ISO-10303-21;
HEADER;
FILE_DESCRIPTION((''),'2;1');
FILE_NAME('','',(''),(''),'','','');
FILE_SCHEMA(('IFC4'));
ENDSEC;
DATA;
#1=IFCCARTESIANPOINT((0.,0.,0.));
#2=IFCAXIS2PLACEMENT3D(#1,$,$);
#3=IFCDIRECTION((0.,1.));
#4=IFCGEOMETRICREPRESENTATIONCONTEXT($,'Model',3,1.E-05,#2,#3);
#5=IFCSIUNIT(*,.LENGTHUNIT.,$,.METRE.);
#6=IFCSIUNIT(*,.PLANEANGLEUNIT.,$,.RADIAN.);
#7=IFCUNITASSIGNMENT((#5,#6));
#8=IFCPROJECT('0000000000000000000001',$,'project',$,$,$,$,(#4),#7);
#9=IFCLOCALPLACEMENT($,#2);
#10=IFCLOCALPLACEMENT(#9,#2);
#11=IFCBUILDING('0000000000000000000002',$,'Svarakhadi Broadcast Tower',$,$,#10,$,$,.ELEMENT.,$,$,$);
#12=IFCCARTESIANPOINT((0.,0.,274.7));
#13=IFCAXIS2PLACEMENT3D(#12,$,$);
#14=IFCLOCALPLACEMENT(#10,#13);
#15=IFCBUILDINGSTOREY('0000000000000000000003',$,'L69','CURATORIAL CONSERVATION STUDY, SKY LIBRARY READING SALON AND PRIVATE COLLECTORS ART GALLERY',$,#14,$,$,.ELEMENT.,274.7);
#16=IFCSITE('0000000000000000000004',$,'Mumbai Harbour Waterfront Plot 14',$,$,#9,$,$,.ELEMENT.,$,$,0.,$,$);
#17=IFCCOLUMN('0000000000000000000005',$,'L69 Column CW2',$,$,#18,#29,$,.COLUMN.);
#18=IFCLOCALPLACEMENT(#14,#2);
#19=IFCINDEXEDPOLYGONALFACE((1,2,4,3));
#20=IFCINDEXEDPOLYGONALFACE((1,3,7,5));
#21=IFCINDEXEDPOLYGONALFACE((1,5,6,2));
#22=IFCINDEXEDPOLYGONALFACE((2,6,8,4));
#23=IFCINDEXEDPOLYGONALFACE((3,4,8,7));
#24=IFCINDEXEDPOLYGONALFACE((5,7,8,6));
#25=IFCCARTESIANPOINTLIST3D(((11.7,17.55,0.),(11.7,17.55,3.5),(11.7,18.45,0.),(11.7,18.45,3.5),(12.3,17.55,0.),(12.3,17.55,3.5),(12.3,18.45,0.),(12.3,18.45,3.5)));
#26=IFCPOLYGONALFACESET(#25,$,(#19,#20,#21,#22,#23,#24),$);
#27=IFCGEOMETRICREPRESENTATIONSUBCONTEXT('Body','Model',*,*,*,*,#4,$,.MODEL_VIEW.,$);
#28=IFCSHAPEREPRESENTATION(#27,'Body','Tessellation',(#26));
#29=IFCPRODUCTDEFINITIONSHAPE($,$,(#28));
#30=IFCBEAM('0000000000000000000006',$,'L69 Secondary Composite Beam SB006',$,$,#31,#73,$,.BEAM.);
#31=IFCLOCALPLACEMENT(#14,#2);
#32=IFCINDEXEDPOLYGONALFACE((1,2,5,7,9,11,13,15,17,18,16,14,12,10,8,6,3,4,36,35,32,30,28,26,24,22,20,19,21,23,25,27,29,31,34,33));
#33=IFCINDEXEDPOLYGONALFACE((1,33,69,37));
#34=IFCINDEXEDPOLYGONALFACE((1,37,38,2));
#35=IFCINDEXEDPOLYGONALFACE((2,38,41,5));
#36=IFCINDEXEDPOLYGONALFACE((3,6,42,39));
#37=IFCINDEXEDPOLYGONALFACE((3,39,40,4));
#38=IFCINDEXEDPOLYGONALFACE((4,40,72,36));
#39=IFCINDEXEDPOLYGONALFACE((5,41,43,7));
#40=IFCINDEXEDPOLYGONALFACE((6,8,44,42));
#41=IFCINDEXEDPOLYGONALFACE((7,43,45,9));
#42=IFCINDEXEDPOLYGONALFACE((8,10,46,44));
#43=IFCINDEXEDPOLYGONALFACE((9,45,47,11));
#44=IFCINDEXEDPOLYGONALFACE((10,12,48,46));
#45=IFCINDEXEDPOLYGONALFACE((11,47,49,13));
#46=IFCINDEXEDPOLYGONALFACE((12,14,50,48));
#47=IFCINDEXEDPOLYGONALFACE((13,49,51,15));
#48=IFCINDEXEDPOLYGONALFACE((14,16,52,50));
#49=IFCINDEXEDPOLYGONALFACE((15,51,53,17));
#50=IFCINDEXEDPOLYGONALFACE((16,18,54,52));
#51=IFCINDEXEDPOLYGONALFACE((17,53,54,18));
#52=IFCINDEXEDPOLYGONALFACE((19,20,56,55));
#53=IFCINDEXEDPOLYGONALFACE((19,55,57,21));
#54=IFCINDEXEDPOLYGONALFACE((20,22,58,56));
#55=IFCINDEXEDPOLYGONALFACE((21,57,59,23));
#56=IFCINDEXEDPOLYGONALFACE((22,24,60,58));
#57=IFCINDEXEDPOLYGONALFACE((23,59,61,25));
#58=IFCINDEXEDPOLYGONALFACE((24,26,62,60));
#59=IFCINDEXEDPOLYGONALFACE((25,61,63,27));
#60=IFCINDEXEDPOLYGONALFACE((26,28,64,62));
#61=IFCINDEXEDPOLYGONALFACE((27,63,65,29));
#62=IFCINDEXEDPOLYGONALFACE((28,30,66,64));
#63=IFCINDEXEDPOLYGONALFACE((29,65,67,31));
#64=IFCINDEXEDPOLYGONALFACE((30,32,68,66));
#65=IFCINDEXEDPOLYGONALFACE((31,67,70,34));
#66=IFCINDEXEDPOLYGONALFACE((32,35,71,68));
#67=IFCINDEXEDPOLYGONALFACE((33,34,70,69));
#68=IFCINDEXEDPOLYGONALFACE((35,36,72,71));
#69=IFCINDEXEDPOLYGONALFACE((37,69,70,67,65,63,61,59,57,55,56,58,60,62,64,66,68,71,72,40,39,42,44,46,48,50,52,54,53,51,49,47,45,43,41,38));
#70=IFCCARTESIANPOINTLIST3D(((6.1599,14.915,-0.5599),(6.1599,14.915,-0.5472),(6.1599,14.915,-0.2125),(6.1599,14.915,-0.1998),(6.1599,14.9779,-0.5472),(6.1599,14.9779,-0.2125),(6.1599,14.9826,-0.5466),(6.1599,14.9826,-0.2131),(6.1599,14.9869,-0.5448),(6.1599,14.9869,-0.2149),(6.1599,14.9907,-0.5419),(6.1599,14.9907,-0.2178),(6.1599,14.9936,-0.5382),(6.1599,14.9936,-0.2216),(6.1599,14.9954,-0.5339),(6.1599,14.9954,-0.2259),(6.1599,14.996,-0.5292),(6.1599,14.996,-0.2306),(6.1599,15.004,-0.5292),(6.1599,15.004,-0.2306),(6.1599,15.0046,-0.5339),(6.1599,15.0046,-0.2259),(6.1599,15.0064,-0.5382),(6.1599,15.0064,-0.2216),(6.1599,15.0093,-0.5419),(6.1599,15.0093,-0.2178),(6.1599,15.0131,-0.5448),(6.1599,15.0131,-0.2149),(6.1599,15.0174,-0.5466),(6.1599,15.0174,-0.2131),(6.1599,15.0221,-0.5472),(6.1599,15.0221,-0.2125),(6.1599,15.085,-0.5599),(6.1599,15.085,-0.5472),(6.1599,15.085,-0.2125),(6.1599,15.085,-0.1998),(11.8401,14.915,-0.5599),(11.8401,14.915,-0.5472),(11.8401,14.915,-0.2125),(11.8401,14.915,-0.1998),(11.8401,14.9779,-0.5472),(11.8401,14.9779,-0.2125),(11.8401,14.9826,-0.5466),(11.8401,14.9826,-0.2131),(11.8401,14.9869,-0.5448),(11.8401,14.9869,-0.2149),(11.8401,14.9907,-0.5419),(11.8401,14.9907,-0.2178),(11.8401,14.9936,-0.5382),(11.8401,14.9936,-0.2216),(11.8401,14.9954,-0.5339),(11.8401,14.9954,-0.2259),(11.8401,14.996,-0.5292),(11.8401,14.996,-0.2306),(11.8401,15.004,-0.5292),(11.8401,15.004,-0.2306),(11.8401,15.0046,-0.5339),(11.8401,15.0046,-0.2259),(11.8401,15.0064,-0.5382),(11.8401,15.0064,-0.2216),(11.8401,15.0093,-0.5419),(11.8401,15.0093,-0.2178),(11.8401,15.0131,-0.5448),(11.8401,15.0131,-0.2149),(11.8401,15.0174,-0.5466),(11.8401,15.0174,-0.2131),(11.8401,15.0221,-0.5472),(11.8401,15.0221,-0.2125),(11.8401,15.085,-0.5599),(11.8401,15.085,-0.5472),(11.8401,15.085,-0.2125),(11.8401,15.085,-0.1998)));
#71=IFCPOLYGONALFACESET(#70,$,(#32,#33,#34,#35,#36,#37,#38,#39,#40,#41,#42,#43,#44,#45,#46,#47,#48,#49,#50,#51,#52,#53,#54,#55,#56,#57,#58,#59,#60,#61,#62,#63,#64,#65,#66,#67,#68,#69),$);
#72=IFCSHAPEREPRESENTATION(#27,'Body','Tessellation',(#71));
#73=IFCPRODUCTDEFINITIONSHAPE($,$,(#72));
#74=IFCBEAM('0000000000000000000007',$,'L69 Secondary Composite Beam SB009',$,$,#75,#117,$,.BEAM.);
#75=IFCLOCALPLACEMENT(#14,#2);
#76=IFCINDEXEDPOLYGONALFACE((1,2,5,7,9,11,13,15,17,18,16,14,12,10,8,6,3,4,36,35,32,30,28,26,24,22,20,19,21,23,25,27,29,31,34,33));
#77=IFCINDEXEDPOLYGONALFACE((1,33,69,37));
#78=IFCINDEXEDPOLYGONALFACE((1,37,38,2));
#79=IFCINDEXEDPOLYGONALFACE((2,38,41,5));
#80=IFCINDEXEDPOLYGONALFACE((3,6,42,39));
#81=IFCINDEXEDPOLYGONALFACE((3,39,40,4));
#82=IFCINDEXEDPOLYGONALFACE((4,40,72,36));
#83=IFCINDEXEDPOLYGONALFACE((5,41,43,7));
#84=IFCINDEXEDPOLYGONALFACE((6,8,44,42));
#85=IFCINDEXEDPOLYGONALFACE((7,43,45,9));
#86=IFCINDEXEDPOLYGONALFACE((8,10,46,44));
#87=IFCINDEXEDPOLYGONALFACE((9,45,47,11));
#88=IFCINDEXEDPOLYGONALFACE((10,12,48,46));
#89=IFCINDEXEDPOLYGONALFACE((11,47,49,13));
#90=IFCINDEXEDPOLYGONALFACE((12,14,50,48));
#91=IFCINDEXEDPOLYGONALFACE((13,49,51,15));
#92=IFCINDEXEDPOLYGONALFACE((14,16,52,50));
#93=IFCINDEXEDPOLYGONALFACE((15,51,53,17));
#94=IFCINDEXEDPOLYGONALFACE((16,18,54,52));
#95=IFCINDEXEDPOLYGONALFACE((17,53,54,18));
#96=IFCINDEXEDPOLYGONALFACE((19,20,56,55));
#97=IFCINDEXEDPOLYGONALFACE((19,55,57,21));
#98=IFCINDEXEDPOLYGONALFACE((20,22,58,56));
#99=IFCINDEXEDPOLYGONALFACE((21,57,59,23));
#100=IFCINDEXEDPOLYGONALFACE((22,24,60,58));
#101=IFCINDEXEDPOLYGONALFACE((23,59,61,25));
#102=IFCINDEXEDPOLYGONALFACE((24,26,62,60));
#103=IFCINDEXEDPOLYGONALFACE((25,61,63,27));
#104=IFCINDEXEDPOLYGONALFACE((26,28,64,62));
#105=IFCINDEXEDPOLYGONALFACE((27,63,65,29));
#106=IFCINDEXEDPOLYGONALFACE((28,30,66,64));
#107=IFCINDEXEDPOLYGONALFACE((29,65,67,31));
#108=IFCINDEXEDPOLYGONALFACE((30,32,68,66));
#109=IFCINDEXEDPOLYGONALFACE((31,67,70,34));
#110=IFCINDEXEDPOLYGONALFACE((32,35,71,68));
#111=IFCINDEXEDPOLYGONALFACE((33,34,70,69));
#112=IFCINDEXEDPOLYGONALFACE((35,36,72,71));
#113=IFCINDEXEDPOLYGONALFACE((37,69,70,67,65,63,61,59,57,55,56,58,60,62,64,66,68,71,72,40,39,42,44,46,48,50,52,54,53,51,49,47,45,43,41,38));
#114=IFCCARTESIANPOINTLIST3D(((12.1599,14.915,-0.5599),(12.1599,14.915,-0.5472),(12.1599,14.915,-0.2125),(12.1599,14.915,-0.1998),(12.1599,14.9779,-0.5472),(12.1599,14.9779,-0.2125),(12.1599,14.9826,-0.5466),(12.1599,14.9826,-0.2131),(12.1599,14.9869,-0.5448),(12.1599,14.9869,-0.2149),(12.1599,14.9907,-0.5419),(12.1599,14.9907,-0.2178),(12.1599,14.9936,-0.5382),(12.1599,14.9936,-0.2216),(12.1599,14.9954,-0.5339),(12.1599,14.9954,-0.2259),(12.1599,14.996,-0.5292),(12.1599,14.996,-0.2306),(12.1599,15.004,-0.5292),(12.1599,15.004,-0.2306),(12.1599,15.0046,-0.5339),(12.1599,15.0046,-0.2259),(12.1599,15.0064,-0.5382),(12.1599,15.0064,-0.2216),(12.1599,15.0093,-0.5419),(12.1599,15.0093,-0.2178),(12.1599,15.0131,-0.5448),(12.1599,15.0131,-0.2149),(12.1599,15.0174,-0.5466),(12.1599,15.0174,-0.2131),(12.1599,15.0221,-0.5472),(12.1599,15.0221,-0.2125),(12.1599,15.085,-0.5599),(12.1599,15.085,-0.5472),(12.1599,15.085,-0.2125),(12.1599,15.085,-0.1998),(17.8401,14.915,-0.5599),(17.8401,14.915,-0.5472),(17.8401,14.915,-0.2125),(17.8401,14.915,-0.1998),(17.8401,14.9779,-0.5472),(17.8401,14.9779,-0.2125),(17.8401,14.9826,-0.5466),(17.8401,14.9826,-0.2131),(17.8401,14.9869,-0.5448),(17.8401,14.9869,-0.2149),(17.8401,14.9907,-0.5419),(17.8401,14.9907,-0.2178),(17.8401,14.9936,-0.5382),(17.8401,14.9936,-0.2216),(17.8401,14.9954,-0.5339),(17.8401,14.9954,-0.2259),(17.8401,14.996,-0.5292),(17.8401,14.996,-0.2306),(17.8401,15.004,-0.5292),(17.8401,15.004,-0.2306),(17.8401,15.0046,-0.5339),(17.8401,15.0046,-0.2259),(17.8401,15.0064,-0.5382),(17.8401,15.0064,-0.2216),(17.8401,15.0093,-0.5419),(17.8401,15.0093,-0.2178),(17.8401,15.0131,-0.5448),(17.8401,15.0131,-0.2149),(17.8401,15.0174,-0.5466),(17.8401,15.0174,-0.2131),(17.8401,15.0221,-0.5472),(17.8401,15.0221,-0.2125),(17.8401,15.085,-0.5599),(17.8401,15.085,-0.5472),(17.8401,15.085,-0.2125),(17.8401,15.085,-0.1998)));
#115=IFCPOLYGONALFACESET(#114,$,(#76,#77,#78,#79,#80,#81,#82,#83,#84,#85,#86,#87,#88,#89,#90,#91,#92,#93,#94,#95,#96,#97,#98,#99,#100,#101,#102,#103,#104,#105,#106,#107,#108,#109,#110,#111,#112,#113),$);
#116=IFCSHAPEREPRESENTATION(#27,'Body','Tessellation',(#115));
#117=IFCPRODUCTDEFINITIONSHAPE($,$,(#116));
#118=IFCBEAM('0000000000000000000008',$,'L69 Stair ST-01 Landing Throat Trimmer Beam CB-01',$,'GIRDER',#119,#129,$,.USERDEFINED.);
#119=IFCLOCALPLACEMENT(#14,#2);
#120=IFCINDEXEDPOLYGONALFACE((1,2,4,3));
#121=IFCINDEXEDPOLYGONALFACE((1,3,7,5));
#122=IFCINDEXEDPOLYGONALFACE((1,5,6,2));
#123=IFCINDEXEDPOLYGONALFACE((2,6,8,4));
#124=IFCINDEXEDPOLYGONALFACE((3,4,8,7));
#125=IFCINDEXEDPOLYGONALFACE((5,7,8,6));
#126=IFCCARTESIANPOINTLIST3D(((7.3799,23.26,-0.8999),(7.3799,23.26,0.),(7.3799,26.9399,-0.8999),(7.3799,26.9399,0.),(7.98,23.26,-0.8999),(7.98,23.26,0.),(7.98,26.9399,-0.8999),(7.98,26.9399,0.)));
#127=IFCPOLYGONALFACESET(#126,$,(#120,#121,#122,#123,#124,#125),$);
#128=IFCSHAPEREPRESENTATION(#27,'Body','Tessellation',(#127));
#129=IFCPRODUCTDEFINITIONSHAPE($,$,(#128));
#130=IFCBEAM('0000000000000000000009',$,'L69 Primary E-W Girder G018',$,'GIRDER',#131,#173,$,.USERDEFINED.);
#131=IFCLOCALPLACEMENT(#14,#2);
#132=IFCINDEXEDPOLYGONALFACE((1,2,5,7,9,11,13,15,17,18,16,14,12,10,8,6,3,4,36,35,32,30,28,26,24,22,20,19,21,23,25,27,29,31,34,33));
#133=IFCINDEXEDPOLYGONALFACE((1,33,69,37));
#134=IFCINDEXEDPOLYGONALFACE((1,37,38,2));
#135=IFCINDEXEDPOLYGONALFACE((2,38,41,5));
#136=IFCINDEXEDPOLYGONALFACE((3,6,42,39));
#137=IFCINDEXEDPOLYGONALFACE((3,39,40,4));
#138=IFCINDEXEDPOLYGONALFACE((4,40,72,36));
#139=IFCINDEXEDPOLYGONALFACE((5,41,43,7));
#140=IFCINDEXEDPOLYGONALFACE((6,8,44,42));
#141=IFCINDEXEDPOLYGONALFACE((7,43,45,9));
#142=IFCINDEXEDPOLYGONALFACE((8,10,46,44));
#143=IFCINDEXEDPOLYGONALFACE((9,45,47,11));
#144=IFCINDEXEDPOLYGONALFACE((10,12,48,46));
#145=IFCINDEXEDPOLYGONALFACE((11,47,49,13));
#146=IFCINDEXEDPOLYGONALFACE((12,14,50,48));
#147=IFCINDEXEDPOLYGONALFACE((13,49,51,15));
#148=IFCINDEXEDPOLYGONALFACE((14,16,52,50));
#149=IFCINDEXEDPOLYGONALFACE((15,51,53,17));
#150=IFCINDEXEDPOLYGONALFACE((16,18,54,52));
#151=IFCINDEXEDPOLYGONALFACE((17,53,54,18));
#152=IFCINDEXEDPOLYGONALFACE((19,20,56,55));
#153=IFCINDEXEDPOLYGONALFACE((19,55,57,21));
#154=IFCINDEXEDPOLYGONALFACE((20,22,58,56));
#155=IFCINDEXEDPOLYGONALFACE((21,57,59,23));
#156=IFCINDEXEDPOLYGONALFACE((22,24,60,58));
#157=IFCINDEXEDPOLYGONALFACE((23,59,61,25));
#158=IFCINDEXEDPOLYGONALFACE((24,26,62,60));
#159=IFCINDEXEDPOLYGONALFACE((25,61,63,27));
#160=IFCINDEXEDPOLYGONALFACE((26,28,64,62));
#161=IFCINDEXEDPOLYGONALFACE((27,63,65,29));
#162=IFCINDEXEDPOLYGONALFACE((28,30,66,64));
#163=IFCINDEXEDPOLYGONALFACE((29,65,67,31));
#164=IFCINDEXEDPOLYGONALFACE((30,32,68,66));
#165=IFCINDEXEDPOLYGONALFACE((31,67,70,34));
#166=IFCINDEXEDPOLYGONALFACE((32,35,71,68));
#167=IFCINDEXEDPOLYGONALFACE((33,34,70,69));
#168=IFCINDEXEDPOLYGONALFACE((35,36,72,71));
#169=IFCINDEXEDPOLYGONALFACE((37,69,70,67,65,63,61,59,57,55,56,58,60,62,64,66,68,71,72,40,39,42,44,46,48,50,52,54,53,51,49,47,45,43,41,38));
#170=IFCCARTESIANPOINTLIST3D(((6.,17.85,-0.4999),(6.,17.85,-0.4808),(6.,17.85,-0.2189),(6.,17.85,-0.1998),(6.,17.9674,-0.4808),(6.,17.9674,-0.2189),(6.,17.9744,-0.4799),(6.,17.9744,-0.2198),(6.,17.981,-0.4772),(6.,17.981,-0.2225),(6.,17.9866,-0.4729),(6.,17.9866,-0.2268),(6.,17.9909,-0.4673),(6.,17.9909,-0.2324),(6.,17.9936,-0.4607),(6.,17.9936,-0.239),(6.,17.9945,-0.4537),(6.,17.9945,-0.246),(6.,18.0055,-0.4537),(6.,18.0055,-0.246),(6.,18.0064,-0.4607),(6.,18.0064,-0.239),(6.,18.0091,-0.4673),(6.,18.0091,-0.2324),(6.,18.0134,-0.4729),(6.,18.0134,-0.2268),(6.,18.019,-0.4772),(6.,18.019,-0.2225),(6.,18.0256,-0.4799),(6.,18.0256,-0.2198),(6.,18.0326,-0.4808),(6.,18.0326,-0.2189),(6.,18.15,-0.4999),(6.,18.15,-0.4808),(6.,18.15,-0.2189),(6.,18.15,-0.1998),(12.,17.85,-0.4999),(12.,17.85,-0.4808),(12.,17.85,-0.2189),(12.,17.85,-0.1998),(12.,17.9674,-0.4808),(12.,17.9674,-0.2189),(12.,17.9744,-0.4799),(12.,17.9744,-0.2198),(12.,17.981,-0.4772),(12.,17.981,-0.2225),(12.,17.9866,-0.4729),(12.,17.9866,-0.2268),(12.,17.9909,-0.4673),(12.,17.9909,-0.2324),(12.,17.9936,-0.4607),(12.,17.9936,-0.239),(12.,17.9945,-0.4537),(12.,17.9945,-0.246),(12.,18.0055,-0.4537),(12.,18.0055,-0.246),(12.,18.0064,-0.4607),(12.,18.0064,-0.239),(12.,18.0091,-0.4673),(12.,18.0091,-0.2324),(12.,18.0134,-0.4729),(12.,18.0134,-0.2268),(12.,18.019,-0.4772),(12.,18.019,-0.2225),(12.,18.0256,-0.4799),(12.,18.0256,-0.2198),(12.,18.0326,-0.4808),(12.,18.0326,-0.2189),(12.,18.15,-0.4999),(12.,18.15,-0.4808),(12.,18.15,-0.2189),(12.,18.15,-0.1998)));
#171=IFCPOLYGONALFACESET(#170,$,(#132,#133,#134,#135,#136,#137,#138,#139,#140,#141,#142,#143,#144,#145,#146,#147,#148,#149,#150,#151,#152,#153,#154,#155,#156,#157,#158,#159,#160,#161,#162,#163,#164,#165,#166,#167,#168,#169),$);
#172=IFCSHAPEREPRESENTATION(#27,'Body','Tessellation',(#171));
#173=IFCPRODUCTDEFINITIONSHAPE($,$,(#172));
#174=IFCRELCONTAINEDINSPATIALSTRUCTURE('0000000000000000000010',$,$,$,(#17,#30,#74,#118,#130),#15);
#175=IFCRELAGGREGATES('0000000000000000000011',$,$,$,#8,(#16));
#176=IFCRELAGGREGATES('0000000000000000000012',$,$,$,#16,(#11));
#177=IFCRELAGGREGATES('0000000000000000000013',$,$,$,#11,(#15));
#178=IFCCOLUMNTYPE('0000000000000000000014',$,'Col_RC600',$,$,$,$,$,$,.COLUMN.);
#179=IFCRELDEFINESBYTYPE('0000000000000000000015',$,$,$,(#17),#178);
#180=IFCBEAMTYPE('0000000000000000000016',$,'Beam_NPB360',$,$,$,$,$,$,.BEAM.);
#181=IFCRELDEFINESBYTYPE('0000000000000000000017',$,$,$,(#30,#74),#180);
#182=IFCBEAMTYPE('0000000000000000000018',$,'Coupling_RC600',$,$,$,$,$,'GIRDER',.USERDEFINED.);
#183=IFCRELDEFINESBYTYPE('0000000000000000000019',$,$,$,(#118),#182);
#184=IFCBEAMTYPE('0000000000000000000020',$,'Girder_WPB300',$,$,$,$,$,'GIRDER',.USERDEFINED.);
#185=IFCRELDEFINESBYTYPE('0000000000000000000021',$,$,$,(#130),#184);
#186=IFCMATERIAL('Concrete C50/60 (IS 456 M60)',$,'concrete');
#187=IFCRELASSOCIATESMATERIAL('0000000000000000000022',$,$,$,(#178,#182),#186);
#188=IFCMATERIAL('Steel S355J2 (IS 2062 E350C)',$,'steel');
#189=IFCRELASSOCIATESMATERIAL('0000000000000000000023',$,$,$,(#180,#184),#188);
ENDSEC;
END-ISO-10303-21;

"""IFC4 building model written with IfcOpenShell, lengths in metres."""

from ifc_helpers import new_model, si_unit, direction, frame, origin, origin_2d, place, context, subcontext, project, spatial, rectangle, i_section, extrude, material, material_profile, profile_set, type_object, element, save


model = new_model("IFC4")

# Units and contexts
model_context = context("Model", 3, precision=1e-05, world=origin(), true_north=direction((0.0, 1.0)))
body_context = subcontext(model_context, "Body", "Model", "MODEL_VIEW")
ifc_project = project(units=[si_unit("LENGTHUNIT", "METRE"), si_unit("PLANEANGLEUNIT", "RADIAN")], contexts=[model_context])

# Site, building, storey
site_placement = place(None, origin())
site = spatial("IfcSite", under=ifc_project, at=site_placement, Name="Mumbai Harbour Waterfront Plot 14", CompositionType="ELEMENT", RefElevation=0.0)
building_placement = place(site_placement, origin())
building = spatial("IfcBuilding", under=site, at=building_placement, Name="Svarakhadi Broadcast Tower", CompositionType="ELEMENT")
storey_placement = place(building_placement, frame((0.0, 0.0, 274.7)))
storey = spatial("IfcBuildingStorey", under=building, at=storey_placement, Name="L69", Description="CURATORIAL CONSERVATION STUDY, SKY LIBRARY READING SALON AND PRIVATE COLLECTORS ART GALLERY", CompositionType="ELEMENT", Elevation=274.7)

# Column
ifc_material_1 = material(Name="Concrete C50/60 (IS 456 M60)", Category="concrete")
ifc_material_profile_1 = material_profile(ifc_material_1, rectangle(XDim=0.6001, YDim=0.8999, at=origin_2d()), Name="RC 600x900")
ifc_profile_set_1 = profile_set([ifc_material_profile_1], Name="Concrete C50/60 (IS 456 M60)")
column_type = type_object("IfcColumnType", Name="Col_RC600", PredefinedType="COLUMN", material=ifc_profile_set_1)
column_placement = place(storey_placement, frame((12.0, 18.0, 0.0), z_axis=(0.0, 0.0, 1.0), x_axis=(1.0, 0.0, 0.0)))
element("IfcColumn", 1, at=column_placement, inside=storey, type_object=column_type, Name="L69 Column CW2", PredefinedType="COLUMN", context=body_context, shape_type="SweptSolid", body=[
    extrude(rectangle(XDim=0.6001, YDim=0.8999, at=origin_2d()), origin(), (0.0, 0.0, 1.0), 3.5),
])

# Beams
ifc_material_2 = material(Name="Steel S355J2 (IS 2062 E350C)", Category="steel")
ifc_material_profile_2 = material_profile(ifc_material_2, i_section(OverallWidth=0.1699, OverallDepth=0.3601, WebThickness=0.0081, FlangeThickness=0.0127, FilletRadius=0.0181, at=origin_2d()), Name="NPB 360x170x57")
ifc_profile_set_2 = profile_set([ifc_material_profile_2], Name="Steel S355J2 (IS 2062 E350C)")
beam_type_1 = type_object("IfcBeamType", Name="Beam_NPB360", PredefinedType="BEAM", material=ifc_profile_set_2)
for number, where, z_axis, x_axis, name in (
    (2, (6.1599, 15.0, -0.3799), (1.0, 0.0, 0.0), (0.0, 1.0, 0.0), "L69 Secondary Composite Beam SB006"),
    (3, (12.1599, 15.0, -0.3799), (1.0, 0.0, 0.0), (0.0, 1.0, 0.0), "L69 Secondary Composite Beam SB009"),
):
    element("IfcBeam", number, at=place(storey_placement, frame(where, z_axis=z_axis, x_axis=x_axis)), inside=storey, type_object=beam_type_1, Name=name, PredefinedType="BEAM", context=body_context, shape_type="SweptSolid", body=[
        extrude(i_section(OverallWidth=0.1699, OverallDepth=0.3601, WebThickness=0.0081, FlangeThickness=0.0127, FilletRadius=0.0181, at=origin_2d()), origin(), (0.0, 0.0, 1.0), 5.6802),
    ])
ifc_material_profile_3 = material_profile(ifc_material_1, rectangle(XDim=0.6001, YDim=0.8999, at=origin_2d()), Name="RC 600x900")
ifc_profile_set_3 = profile_set([ifc_material_profile_3], Name="Concrete C50/60 (IS 456 M60)")
beam_type_2 = type_object("IfcBeamType", Name="Coupling_RC600", ElementType="GIRDER", PredefinedType="USERDEFINED", material=ifc_profile_set_3)
beam_1_placement = place(storey_placement, frame((7.6799, 23.26, -0.45), z_axis=(0.0, 1.0, 0.0), x_axis=(-1.0, 0.0, 0.0)))
element("IfcBeam", 4, at=beam_1_placement, inside=storey, type_object=beam_type_2, Name="L69 Stair ST-01 Landing Throat Trimmer Beam CB-01", ObjectType="GIRDER", PredefinedType="USERDEFINED", context=body_context, shape_type="SweptSolid", body=[
    extrude(rectangle(XDim=0.6001, YDim=0.8999, at=origin_2d()), origin(), (0.0, 0.0, 1.0), 3.6799),
])
ifc_material_profile_4 = material_profile(ifc_material_2, i_section(OverallWidth=0.3, OverallDepth=0.3, WebThickness=0.011, FlangeThickness=0.019, FilletRadius=0.0271, at=origin_2d()), Name="WPB 300x300x117")
ifc_profile_set_4 = profile_set([ifc_material_profile_4], Name="Steel S355J2 (IS 2062 E350C)")
beam_type_3 = type_object("IfcBeamType", Name="Girder_WPB300", ElementType="GIRDER", PredefinedType="USERDEFINED", material=ifc_profile_set_4)
for number, where, z_axis, x_axis, name in (
    (5, (6.0, 18.0, -0.3499), (1.0, 0.0, 0.0), (0.0, 1.0, 0.0), "L69 Primary E-W Girder G018"),
):
    element("IfcBeam", number, at=place(storey_placement, frame(where, z_axis=z_axis, x_axis=x_axis)), inside=storey, type_object=beam_type_3, Name=name, ObjectType="GIRDER", PredefinedType="USERDEFINED", context=body_context, shape_type="SweptSolid", body=[
        extrude(i_section(OverallWidth=0.3, OverallDepth=0.3, WebThickness=0.011, FlangeThickness=0.019, FilletRadius=0.0271, at=origin_2d()), origin(), (0.0, 0.0, 1.0), 6.0),
    ])

save(model, "model.ifc")
